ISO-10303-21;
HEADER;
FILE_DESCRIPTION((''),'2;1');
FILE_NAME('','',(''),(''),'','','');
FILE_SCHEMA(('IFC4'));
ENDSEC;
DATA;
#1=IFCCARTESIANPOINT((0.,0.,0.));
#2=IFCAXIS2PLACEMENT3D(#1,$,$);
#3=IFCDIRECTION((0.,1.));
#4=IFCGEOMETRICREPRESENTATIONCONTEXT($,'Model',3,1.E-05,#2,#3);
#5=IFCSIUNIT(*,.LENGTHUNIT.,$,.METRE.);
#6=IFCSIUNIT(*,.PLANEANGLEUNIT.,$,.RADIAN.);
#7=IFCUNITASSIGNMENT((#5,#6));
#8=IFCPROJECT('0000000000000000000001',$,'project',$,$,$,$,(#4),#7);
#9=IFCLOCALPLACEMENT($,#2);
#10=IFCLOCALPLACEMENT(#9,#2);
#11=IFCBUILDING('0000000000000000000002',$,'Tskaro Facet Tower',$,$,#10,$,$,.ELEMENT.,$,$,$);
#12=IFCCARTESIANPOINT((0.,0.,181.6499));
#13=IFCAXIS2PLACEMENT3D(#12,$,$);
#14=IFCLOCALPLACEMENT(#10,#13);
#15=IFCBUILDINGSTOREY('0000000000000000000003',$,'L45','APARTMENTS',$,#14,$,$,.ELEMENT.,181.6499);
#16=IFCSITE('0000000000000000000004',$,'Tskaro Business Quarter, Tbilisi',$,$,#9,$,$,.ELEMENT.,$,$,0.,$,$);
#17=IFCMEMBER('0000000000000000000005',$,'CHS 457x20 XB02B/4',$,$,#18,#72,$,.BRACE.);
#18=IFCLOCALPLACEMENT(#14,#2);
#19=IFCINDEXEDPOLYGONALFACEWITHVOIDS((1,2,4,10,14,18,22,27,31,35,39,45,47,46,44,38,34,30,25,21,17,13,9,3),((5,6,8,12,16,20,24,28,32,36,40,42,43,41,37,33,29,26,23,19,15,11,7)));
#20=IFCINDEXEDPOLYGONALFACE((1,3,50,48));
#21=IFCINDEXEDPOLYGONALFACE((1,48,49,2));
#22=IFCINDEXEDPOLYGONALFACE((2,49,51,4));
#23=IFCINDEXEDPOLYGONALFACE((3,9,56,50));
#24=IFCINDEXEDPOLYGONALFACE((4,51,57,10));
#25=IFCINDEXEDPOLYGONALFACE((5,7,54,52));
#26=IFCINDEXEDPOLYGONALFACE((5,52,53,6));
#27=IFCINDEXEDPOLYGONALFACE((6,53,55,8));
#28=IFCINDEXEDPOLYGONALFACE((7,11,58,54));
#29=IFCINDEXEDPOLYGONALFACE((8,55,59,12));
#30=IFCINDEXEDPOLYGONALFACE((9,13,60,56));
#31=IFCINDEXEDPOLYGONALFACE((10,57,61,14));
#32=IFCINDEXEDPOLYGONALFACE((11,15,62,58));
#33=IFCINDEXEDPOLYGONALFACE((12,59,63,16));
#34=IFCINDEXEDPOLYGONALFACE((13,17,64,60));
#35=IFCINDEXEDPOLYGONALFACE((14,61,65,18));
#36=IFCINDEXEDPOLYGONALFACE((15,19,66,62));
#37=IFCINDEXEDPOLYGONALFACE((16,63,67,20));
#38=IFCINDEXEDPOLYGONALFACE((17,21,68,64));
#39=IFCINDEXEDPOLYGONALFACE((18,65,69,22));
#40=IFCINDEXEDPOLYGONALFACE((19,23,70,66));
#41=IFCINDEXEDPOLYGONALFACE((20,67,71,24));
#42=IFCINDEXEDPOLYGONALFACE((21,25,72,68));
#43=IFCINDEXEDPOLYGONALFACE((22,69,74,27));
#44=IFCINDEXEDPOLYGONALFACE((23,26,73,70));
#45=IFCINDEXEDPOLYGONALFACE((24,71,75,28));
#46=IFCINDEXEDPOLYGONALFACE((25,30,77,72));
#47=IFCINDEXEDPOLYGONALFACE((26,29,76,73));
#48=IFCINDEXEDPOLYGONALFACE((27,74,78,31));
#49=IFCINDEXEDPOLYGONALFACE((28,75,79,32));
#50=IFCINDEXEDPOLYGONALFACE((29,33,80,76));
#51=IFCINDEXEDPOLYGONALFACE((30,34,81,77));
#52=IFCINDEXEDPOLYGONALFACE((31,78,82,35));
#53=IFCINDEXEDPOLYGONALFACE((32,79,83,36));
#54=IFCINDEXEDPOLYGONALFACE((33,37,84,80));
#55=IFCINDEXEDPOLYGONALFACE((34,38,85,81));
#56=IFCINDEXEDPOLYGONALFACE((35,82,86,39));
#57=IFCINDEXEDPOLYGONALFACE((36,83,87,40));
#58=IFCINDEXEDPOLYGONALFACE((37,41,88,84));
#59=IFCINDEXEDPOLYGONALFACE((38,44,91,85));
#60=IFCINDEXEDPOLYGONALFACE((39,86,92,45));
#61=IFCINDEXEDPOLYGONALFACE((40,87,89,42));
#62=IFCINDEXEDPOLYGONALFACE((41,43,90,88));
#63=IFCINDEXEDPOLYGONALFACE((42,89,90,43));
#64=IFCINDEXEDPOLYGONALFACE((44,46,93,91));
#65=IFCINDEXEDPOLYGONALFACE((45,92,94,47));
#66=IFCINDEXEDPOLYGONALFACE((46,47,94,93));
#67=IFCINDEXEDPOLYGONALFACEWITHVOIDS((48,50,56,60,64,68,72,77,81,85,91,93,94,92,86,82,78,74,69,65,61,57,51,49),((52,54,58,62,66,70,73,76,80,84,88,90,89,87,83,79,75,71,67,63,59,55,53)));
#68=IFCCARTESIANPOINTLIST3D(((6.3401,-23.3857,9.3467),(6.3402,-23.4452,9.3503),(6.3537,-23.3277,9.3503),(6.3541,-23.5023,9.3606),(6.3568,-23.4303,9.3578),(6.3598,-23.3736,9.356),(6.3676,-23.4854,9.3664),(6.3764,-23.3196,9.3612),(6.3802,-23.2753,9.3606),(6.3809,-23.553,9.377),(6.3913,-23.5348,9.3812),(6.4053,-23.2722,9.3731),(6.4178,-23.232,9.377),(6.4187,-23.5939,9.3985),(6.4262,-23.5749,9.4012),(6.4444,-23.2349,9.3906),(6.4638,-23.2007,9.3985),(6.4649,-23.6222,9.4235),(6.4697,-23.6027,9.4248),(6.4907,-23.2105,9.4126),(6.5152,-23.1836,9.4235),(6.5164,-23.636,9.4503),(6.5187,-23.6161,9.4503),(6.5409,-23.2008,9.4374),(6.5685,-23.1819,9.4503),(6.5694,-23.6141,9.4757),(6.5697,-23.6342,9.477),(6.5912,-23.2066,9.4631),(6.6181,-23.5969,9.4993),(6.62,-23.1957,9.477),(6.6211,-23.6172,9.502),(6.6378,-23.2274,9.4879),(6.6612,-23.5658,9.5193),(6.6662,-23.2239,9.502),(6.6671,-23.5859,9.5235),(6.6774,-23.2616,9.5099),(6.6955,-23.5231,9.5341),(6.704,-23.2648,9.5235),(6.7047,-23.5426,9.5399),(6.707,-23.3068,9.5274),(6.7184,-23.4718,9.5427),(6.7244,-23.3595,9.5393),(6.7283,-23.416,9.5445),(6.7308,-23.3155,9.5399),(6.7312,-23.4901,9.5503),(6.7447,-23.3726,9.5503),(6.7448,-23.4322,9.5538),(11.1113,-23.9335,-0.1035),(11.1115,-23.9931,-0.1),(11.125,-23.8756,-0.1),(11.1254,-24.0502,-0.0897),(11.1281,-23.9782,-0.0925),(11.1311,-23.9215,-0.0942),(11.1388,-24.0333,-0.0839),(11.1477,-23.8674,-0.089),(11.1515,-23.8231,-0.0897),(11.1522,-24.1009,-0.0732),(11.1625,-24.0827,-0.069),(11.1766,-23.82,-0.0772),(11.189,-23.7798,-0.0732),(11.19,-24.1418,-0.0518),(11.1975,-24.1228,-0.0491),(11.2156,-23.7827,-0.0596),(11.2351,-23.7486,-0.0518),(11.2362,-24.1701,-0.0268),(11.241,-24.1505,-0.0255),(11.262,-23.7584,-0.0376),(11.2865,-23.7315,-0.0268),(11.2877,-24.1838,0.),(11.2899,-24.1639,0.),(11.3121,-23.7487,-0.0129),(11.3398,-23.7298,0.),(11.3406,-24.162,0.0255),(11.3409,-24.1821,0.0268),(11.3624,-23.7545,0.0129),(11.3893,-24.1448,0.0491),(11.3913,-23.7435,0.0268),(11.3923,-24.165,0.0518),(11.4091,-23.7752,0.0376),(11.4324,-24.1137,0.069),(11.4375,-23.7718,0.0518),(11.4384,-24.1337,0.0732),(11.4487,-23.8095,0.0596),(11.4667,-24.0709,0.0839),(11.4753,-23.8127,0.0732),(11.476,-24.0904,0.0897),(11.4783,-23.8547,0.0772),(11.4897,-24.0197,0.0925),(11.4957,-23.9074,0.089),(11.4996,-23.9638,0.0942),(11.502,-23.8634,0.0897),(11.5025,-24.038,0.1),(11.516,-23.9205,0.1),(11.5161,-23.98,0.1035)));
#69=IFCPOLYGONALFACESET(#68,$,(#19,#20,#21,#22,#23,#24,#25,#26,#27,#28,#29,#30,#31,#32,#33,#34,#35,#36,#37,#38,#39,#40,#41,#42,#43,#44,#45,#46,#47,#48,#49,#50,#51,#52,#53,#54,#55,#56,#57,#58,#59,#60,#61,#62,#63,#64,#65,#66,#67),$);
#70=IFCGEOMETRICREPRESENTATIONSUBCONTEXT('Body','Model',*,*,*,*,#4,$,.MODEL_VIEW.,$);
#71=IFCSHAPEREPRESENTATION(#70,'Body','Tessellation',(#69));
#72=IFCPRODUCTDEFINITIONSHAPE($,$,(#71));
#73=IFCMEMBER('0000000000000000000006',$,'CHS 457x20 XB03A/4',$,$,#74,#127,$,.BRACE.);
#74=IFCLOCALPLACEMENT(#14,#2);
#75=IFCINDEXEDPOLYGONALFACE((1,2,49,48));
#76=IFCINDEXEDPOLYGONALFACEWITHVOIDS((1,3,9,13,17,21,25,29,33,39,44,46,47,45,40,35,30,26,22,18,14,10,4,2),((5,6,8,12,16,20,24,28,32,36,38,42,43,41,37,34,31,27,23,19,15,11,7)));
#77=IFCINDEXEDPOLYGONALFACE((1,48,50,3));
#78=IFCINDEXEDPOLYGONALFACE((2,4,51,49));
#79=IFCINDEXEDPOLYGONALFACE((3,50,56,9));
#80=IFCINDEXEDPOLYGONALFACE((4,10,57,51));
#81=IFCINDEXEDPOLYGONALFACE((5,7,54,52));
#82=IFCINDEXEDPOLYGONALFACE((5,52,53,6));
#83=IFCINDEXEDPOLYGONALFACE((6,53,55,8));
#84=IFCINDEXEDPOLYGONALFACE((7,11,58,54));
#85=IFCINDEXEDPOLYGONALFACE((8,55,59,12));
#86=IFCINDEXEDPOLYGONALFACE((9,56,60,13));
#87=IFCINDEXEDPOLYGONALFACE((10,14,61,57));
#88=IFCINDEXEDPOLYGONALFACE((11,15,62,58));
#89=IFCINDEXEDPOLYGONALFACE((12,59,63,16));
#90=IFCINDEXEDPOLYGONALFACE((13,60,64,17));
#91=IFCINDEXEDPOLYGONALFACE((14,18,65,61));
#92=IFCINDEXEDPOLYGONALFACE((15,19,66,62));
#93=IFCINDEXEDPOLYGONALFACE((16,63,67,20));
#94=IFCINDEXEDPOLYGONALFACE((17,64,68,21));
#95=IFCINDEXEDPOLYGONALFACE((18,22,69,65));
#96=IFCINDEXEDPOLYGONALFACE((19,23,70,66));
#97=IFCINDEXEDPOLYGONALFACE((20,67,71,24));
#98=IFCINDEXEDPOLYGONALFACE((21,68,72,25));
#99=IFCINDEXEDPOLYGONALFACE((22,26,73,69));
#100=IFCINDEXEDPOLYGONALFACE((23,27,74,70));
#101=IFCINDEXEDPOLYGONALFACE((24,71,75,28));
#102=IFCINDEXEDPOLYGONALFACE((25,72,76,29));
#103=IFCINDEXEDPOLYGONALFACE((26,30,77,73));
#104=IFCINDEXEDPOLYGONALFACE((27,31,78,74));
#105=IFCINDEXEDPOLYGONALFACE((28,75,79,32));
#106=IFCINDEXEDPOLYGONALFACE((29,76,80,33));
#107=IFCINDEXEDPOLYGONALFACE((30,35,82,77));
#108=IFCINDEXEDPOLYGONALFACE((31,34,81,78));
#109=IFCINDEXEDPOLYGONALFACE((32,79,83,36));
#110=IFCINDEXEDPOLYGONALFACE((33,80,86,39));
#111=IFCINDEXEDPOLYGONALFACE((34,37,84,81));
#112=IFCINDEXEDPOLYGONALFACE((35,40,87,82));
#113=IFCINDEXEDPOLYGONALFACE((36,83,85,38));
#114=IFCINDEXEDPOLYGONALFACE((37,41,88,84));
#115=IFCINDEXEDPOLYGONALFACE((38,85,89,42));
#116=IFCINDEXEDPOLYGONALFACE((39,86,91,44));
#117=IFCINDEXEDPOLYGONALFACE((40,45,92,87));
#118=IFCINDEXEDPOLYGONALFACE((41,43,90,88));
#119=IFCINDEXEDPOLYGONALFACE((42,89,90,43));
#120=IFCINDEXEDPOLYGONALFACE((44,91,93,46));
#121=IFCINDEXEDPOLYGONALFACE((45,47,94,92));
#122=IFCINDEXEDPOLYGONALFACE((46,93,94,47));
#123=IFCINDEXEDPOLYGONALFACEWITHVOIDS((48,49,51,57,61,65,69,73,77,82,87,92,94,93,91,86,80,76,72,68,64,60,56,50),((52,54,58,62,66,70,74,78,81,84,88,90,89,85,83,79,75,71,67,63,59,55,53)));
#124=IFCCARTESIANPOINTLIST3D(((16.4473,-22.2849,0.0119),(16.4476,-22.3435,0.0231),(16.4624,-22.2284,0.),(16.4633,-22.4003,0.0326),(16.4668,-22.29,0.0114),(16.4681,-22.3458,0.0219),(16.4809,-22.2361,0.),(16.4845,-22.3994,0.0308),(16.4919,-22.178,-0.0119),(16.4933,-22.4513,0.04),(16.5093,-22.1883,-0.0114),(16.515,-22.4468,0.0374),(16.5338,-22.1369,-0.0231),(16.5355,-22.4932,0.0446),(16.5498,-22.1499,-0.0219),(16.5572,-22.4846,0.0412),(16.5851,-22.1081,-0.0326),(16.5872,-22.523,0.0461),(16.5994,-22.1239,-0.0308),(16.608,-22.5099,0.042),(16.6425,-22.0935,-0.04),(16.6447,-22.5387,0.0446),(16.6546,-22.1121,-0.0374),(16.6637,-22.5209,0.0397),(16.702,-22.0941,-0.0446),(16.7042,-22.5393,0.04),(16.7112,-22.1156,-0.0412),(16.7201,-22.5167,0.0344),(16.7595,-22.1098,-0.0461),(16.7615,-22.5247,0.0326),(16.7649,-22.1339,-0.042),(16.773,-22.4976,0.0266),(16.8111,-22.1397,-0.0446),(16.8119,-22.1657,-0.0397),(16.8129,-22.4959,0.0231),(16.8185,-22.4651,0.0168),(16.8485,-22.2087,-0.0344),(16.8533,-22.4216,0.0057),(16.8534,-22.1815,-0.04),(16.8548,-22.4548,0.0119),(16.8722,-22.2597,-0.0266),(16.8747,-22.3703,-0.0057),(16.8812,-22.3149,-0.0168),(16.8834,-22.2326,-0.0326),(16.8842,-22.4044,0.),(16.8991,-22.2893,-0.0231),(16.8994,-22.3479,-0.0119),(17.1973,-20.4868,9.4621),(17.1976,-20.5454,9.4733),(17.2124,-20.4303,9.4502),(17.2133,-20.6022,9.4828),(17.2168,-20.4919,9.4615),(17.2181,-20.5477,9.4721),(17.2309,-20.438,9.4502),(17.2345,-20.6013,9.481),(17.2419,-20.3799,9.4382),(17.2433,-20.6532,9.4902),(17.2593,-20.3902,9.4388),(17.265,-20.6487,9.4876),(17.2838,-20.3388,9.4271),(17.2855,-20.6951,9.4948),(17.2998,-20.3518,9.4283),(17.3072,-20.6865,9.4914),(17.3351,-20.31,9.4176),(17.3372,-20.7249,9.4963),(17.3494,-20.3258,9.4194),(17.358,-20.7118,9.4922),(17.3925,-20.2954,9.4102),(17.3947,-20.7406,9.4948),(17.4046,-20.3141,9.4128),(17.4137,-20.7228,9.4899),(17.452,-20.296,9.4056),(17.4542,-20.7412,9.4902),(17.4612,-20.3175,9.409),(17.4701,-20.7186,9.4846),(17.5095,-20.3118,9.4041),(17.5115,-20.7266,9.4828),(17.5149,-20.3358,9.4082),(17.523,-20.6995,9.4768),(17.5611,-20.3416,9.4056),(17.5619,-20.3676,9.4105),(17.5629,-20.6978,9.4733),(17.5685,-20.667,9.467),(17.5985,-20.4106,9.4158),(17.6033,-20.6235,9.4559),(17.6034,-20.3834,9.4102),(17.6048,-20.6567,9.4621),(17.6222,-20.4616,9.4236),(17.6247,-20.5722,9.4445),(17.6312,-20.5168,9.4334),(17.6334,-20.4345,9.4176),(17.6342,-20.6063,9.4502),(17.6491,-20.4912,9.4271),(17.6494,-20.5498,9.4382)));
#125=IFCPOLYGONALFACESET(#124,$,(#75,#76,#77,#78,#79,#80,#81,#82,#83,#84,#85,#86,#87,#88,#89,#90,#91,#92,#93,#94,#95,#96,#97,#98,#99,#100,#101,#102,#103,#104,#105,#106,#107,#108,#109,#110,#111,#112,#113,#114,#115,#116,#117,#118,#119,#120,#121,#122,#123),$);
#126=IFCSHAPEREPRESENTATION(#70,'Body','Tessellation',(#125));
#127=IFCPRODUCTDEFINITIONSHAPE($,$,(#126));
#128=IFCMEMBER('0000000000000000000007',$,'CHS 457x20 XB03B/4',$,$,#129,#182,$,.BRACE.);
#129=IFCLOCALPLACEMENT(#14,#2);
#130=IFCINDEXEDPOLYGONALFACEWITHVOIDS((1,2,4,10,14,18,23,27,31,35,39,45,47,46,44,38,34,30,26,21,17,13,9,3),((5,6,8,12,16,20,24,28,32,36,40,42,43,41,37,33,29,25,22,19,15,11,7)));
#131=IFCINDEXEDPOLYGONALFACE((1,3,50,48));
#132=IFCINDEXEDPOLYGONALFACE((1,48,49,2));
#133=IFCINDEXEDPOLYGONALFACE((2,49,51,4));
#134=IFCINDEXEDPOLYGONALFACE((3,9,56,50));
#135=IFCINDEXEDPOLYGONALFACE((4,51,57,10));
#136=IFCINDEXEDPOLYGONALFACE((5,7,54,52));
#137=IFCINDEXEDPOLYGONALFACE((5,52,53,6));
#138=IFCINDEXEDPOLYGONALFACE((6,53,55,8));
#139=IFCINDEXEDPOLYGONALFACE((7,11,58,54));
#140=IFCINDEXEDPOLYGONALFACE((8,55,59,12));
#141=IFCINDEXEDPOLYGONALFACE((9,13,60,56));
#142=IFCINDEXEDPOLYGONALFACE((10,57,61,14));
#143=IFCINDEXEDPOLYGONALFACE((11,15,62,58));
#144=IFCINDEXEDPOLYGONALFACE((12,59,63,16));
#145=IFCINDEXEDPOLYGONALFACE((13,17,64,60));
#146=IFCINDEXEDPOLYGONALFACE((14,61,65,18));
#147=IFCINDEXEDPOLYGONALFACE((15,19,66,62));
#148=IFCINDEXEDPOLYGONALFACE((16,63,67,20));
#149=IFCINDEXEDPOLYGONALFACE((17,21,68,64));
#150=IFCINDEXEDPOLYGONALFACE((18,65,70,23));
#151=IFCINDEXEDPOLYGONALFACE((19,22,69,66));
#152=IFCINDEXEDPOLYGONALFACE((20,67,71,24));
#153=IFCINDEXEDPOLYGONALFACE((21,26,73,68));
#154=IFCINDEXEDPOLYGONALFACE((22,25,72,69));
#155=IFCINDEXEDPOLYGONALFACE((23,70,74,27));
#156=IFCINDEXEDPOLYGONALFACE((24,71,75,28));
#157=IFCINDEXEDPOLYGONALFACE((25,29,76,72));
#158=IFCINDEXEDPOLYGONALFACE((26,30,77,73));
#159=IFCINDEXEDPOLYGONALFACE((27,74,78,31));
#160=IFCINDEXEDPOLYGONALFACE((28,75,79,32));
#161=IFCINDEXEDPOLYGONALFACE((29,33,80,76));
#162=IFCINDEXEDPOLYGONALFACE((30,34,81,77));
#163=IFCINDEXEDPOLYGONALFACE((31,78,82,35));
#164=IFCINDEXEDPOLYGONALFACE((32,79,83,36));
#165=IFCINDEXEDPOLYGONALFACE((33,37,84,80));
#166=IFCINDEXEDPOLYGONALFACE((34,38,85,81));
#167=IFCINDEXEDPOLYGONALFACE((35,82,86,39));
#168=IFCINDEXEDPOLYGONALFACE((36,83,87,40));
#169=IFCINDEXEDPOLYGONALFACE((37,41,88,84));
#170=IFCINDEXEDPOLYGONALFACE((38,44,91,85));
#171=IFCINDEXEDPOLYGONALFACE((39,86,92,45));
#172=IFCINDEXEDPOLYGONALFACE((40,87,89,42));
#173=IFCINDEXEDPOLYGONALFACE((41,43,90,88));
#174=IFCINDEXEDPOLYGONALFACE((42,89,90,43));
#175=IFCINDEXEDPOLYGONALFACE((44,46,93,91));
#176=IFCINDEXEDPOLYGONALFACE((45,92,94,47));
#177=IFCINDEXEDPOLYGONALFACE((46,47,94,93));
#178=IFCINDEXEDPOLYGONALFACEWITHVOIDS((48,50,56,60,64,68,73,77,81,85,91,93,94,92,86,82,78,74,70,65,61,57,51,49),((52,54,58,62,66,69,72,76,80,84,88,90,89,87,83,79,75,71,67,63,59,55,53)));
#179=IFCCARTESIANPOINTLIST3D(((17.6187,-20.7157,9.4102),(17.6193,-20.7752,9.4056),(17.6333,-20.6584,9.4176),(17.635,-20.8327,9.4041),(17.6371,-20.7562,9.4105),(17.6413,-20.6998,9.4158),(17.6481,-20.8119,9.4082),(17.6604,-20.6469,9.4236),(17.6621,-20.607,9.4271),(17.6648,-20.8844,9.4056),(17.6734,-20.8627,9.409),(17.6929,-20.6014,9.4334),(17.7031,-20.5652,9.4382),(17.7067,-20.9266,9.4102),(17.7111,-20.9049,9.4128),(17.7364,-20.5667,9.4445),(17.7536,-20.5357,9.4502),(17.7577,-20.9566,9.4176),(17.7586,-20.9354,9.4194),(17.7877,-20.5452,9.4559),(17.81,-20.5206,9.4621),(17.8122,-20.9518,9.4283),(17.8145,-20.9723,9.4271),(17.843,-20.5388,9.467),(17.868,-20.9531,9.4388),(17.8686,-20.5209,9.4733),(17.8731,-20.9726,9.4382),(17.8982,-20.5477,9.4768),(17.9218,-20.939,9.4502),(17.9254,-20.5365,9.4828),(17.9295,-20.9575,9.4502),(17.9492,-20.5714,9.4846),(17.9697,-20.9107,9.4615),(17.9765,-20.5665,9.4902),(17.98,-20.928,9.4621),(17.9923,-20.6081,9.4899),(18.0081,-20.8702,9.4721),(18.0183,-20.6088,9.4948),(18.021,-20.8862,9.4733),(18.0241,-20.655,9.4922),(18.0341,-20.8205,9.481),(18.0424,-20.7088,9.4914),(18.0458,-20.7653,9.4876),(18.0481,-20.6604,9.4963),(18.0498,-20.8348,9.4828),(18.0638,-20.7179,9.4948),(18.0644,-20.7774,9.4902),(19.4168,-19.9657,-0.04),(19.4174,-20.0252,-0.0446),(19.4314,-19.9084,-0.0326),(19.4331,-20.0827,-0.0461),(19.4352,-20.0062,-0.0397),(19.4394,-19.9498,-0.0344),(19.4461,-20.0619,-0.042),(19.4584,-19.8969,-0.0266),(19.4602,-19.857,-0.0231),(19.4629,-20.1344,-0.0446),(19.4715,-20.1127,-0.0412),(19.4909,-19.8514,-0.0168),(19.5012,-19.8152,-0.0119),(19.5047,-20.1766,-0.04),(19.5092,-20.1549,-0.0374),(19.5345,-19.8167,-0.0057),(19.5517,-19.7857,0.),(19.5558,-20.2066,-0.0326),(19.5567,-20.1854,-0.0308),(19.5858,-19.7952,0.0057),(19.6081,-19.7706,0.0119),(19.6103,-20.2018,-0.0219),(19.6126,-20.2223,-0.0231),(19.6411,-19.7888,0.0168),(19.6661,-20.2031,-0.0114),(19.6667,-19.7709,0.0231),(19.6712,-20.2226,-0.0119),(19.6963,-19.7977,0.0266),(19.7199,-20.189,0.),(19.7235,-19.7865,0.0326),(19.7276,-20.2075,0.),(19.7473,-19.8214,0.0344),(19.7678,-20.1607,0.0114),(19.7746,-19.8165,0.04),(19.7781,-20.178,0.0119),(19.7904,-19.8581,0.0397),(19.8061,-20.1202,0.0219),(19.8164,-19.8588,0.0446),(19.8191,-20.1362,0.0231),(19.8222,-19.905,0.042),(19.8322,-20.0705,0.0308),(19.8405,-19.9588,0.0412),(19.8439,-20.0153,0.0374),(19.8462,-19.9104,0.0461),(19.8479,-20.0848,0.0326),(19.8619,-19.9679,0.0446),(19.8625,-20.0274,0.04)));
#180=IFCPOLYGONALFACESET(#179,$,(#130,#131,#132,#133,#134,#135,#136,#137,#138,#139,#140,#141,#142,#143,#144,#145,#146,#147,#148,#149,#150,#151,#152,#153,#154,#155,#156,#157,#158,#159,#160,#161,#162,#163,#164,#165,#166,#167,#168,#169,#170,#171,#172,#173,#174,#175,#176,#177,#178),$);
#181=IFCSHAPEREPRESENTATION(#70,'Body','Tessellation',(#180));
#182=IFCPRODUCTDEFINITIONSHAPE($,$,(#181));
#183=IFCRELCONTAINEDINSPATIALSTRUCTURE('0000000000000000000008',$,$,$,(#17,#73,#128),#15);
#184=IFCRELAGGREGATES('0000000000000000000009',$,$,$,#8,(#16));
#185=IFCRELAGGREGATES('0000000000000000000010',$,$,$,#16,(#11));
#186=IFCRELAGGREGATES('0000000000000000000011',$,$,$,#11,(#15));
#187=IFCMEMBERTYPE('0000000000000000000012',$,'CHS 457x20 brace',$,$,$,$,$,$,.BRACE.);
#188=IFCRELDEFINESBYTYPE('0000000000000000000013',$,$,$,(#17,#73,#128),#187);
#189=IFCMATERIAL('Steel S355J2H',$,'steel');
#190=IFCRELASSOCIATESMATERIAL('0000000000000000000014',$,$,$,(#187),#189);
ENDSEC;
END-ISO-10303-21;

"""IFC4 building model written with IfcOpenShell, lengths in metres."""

from ifc_helpers import new_model, si_unit, direction, frame, origin, origin_2d, place, context, subcontext, project, spatial, hollow_circle, extrude, material, material_profile, profile_set, type_object, element, save


model = new_model("IFC4")

# Units and contexts
model_context = context("Model", 3, precision=1e-05, world=origin(), true_north=direction((0.0, 1.0)))
body_context = subcontext(model_context, "Body", "Model", "MODEL_VIEW")
ifc_project = project(units=[si_unit("LENGTHUNIT", "METRE"), si_unit("PLANEANGLEUNIT", "RADIAN")], contexts=[model_context])

# Site, building, storey
site_placement = place(None, origin())
site = spatial("IfcSite", under=ifc_project, at=site_placement, Name="Tskaro Business Quarter, Tbilisi", CompositionType="ELEMENT", RefElevation=0.0)
building_placement = place(site_placement, origin())
building = spatial("IfcBuilding", under=site, at=building_placement, Name="Tskaro Facet Tower", CompositionType="ELEMENT")
storey_placement = place(building_placement, frame((0.0, 0.0, 181.6499)))
storey = spatial("IfcBuildingStorey", under=building, at=storey_placement, Name="L45", Description="APARTMENTS", CompositionType="ELEMENT", Elevation=181.6499)

# Shared definitions
ifc_material_1 = material(Name="Steel S355J2H", Category="steel")

# Members
ifc_material_profile_1 = material_profile(ifc_material_1, hollow_circle(Radius=0.2285, WallThickness=0.02, at=origin_2d()), Name="CHS 457x20")
ifc_profile_set_1 = profile_set([ifc_material_profile_1], Name="Steel S355J2H")
member_type_1 = type_object("IfcMemberType", Name="CHS 457x20 brace", PredefinedType="BRACE", material=ifc_profile_set_1)
member_1_placement = place(storey_placement, frame((11.3137, -23.9568, 0.0), z_axis=(-0.450095, 0.051682, 0.891484), x_axis=(-0.114074, -0.993472, 0.0)))
element("IfcMember", 1, at=member_1_placement, inside=storey, type_object=member_type_1, Name="CHS 457x20 XB02B/4", PredefinedType="BRACE", context=body_context, shape_type="SweptSolid", body=[
    extrude(hollow_circle(Radius=0.2285, WallThickness=0.02, at=origin_2d()), origin(), (0.0, 0.0, 1.0), 10.6006),
])
for number, where, z_axis, x_axis, name in (
    (2, (16.6733, -22.3164, 0.0), (0.077729, 0.186352, 0.979404), (-0.922932, 0.384962, 0.0), "CHS 457x20 XB03A/4"),
    (3, (19.6396, -19.9966, 0.0), (-0.186352, -0.077729, 0.979404), (0.384962, -0.922932, 0.0), "CHS 457x20 XB03B/4"),
):
    element("IfcMember", number, at=place(storey_placement, frame(where, z_axis=z_axis, x_axis=x_axis)), inside=storey, type_object=member_type_1, Name=name, PredefinedType="BRACE", context=body_context, shape_type="SweptSolid", body=[
        extrude(hollow_circle(Radius=0.2285, WallThickness=0.02, at=origin_2d()), origin(), (0.0, 0.0, 1.0), 9.6489),
    ])

save(model, "model.ifc")
